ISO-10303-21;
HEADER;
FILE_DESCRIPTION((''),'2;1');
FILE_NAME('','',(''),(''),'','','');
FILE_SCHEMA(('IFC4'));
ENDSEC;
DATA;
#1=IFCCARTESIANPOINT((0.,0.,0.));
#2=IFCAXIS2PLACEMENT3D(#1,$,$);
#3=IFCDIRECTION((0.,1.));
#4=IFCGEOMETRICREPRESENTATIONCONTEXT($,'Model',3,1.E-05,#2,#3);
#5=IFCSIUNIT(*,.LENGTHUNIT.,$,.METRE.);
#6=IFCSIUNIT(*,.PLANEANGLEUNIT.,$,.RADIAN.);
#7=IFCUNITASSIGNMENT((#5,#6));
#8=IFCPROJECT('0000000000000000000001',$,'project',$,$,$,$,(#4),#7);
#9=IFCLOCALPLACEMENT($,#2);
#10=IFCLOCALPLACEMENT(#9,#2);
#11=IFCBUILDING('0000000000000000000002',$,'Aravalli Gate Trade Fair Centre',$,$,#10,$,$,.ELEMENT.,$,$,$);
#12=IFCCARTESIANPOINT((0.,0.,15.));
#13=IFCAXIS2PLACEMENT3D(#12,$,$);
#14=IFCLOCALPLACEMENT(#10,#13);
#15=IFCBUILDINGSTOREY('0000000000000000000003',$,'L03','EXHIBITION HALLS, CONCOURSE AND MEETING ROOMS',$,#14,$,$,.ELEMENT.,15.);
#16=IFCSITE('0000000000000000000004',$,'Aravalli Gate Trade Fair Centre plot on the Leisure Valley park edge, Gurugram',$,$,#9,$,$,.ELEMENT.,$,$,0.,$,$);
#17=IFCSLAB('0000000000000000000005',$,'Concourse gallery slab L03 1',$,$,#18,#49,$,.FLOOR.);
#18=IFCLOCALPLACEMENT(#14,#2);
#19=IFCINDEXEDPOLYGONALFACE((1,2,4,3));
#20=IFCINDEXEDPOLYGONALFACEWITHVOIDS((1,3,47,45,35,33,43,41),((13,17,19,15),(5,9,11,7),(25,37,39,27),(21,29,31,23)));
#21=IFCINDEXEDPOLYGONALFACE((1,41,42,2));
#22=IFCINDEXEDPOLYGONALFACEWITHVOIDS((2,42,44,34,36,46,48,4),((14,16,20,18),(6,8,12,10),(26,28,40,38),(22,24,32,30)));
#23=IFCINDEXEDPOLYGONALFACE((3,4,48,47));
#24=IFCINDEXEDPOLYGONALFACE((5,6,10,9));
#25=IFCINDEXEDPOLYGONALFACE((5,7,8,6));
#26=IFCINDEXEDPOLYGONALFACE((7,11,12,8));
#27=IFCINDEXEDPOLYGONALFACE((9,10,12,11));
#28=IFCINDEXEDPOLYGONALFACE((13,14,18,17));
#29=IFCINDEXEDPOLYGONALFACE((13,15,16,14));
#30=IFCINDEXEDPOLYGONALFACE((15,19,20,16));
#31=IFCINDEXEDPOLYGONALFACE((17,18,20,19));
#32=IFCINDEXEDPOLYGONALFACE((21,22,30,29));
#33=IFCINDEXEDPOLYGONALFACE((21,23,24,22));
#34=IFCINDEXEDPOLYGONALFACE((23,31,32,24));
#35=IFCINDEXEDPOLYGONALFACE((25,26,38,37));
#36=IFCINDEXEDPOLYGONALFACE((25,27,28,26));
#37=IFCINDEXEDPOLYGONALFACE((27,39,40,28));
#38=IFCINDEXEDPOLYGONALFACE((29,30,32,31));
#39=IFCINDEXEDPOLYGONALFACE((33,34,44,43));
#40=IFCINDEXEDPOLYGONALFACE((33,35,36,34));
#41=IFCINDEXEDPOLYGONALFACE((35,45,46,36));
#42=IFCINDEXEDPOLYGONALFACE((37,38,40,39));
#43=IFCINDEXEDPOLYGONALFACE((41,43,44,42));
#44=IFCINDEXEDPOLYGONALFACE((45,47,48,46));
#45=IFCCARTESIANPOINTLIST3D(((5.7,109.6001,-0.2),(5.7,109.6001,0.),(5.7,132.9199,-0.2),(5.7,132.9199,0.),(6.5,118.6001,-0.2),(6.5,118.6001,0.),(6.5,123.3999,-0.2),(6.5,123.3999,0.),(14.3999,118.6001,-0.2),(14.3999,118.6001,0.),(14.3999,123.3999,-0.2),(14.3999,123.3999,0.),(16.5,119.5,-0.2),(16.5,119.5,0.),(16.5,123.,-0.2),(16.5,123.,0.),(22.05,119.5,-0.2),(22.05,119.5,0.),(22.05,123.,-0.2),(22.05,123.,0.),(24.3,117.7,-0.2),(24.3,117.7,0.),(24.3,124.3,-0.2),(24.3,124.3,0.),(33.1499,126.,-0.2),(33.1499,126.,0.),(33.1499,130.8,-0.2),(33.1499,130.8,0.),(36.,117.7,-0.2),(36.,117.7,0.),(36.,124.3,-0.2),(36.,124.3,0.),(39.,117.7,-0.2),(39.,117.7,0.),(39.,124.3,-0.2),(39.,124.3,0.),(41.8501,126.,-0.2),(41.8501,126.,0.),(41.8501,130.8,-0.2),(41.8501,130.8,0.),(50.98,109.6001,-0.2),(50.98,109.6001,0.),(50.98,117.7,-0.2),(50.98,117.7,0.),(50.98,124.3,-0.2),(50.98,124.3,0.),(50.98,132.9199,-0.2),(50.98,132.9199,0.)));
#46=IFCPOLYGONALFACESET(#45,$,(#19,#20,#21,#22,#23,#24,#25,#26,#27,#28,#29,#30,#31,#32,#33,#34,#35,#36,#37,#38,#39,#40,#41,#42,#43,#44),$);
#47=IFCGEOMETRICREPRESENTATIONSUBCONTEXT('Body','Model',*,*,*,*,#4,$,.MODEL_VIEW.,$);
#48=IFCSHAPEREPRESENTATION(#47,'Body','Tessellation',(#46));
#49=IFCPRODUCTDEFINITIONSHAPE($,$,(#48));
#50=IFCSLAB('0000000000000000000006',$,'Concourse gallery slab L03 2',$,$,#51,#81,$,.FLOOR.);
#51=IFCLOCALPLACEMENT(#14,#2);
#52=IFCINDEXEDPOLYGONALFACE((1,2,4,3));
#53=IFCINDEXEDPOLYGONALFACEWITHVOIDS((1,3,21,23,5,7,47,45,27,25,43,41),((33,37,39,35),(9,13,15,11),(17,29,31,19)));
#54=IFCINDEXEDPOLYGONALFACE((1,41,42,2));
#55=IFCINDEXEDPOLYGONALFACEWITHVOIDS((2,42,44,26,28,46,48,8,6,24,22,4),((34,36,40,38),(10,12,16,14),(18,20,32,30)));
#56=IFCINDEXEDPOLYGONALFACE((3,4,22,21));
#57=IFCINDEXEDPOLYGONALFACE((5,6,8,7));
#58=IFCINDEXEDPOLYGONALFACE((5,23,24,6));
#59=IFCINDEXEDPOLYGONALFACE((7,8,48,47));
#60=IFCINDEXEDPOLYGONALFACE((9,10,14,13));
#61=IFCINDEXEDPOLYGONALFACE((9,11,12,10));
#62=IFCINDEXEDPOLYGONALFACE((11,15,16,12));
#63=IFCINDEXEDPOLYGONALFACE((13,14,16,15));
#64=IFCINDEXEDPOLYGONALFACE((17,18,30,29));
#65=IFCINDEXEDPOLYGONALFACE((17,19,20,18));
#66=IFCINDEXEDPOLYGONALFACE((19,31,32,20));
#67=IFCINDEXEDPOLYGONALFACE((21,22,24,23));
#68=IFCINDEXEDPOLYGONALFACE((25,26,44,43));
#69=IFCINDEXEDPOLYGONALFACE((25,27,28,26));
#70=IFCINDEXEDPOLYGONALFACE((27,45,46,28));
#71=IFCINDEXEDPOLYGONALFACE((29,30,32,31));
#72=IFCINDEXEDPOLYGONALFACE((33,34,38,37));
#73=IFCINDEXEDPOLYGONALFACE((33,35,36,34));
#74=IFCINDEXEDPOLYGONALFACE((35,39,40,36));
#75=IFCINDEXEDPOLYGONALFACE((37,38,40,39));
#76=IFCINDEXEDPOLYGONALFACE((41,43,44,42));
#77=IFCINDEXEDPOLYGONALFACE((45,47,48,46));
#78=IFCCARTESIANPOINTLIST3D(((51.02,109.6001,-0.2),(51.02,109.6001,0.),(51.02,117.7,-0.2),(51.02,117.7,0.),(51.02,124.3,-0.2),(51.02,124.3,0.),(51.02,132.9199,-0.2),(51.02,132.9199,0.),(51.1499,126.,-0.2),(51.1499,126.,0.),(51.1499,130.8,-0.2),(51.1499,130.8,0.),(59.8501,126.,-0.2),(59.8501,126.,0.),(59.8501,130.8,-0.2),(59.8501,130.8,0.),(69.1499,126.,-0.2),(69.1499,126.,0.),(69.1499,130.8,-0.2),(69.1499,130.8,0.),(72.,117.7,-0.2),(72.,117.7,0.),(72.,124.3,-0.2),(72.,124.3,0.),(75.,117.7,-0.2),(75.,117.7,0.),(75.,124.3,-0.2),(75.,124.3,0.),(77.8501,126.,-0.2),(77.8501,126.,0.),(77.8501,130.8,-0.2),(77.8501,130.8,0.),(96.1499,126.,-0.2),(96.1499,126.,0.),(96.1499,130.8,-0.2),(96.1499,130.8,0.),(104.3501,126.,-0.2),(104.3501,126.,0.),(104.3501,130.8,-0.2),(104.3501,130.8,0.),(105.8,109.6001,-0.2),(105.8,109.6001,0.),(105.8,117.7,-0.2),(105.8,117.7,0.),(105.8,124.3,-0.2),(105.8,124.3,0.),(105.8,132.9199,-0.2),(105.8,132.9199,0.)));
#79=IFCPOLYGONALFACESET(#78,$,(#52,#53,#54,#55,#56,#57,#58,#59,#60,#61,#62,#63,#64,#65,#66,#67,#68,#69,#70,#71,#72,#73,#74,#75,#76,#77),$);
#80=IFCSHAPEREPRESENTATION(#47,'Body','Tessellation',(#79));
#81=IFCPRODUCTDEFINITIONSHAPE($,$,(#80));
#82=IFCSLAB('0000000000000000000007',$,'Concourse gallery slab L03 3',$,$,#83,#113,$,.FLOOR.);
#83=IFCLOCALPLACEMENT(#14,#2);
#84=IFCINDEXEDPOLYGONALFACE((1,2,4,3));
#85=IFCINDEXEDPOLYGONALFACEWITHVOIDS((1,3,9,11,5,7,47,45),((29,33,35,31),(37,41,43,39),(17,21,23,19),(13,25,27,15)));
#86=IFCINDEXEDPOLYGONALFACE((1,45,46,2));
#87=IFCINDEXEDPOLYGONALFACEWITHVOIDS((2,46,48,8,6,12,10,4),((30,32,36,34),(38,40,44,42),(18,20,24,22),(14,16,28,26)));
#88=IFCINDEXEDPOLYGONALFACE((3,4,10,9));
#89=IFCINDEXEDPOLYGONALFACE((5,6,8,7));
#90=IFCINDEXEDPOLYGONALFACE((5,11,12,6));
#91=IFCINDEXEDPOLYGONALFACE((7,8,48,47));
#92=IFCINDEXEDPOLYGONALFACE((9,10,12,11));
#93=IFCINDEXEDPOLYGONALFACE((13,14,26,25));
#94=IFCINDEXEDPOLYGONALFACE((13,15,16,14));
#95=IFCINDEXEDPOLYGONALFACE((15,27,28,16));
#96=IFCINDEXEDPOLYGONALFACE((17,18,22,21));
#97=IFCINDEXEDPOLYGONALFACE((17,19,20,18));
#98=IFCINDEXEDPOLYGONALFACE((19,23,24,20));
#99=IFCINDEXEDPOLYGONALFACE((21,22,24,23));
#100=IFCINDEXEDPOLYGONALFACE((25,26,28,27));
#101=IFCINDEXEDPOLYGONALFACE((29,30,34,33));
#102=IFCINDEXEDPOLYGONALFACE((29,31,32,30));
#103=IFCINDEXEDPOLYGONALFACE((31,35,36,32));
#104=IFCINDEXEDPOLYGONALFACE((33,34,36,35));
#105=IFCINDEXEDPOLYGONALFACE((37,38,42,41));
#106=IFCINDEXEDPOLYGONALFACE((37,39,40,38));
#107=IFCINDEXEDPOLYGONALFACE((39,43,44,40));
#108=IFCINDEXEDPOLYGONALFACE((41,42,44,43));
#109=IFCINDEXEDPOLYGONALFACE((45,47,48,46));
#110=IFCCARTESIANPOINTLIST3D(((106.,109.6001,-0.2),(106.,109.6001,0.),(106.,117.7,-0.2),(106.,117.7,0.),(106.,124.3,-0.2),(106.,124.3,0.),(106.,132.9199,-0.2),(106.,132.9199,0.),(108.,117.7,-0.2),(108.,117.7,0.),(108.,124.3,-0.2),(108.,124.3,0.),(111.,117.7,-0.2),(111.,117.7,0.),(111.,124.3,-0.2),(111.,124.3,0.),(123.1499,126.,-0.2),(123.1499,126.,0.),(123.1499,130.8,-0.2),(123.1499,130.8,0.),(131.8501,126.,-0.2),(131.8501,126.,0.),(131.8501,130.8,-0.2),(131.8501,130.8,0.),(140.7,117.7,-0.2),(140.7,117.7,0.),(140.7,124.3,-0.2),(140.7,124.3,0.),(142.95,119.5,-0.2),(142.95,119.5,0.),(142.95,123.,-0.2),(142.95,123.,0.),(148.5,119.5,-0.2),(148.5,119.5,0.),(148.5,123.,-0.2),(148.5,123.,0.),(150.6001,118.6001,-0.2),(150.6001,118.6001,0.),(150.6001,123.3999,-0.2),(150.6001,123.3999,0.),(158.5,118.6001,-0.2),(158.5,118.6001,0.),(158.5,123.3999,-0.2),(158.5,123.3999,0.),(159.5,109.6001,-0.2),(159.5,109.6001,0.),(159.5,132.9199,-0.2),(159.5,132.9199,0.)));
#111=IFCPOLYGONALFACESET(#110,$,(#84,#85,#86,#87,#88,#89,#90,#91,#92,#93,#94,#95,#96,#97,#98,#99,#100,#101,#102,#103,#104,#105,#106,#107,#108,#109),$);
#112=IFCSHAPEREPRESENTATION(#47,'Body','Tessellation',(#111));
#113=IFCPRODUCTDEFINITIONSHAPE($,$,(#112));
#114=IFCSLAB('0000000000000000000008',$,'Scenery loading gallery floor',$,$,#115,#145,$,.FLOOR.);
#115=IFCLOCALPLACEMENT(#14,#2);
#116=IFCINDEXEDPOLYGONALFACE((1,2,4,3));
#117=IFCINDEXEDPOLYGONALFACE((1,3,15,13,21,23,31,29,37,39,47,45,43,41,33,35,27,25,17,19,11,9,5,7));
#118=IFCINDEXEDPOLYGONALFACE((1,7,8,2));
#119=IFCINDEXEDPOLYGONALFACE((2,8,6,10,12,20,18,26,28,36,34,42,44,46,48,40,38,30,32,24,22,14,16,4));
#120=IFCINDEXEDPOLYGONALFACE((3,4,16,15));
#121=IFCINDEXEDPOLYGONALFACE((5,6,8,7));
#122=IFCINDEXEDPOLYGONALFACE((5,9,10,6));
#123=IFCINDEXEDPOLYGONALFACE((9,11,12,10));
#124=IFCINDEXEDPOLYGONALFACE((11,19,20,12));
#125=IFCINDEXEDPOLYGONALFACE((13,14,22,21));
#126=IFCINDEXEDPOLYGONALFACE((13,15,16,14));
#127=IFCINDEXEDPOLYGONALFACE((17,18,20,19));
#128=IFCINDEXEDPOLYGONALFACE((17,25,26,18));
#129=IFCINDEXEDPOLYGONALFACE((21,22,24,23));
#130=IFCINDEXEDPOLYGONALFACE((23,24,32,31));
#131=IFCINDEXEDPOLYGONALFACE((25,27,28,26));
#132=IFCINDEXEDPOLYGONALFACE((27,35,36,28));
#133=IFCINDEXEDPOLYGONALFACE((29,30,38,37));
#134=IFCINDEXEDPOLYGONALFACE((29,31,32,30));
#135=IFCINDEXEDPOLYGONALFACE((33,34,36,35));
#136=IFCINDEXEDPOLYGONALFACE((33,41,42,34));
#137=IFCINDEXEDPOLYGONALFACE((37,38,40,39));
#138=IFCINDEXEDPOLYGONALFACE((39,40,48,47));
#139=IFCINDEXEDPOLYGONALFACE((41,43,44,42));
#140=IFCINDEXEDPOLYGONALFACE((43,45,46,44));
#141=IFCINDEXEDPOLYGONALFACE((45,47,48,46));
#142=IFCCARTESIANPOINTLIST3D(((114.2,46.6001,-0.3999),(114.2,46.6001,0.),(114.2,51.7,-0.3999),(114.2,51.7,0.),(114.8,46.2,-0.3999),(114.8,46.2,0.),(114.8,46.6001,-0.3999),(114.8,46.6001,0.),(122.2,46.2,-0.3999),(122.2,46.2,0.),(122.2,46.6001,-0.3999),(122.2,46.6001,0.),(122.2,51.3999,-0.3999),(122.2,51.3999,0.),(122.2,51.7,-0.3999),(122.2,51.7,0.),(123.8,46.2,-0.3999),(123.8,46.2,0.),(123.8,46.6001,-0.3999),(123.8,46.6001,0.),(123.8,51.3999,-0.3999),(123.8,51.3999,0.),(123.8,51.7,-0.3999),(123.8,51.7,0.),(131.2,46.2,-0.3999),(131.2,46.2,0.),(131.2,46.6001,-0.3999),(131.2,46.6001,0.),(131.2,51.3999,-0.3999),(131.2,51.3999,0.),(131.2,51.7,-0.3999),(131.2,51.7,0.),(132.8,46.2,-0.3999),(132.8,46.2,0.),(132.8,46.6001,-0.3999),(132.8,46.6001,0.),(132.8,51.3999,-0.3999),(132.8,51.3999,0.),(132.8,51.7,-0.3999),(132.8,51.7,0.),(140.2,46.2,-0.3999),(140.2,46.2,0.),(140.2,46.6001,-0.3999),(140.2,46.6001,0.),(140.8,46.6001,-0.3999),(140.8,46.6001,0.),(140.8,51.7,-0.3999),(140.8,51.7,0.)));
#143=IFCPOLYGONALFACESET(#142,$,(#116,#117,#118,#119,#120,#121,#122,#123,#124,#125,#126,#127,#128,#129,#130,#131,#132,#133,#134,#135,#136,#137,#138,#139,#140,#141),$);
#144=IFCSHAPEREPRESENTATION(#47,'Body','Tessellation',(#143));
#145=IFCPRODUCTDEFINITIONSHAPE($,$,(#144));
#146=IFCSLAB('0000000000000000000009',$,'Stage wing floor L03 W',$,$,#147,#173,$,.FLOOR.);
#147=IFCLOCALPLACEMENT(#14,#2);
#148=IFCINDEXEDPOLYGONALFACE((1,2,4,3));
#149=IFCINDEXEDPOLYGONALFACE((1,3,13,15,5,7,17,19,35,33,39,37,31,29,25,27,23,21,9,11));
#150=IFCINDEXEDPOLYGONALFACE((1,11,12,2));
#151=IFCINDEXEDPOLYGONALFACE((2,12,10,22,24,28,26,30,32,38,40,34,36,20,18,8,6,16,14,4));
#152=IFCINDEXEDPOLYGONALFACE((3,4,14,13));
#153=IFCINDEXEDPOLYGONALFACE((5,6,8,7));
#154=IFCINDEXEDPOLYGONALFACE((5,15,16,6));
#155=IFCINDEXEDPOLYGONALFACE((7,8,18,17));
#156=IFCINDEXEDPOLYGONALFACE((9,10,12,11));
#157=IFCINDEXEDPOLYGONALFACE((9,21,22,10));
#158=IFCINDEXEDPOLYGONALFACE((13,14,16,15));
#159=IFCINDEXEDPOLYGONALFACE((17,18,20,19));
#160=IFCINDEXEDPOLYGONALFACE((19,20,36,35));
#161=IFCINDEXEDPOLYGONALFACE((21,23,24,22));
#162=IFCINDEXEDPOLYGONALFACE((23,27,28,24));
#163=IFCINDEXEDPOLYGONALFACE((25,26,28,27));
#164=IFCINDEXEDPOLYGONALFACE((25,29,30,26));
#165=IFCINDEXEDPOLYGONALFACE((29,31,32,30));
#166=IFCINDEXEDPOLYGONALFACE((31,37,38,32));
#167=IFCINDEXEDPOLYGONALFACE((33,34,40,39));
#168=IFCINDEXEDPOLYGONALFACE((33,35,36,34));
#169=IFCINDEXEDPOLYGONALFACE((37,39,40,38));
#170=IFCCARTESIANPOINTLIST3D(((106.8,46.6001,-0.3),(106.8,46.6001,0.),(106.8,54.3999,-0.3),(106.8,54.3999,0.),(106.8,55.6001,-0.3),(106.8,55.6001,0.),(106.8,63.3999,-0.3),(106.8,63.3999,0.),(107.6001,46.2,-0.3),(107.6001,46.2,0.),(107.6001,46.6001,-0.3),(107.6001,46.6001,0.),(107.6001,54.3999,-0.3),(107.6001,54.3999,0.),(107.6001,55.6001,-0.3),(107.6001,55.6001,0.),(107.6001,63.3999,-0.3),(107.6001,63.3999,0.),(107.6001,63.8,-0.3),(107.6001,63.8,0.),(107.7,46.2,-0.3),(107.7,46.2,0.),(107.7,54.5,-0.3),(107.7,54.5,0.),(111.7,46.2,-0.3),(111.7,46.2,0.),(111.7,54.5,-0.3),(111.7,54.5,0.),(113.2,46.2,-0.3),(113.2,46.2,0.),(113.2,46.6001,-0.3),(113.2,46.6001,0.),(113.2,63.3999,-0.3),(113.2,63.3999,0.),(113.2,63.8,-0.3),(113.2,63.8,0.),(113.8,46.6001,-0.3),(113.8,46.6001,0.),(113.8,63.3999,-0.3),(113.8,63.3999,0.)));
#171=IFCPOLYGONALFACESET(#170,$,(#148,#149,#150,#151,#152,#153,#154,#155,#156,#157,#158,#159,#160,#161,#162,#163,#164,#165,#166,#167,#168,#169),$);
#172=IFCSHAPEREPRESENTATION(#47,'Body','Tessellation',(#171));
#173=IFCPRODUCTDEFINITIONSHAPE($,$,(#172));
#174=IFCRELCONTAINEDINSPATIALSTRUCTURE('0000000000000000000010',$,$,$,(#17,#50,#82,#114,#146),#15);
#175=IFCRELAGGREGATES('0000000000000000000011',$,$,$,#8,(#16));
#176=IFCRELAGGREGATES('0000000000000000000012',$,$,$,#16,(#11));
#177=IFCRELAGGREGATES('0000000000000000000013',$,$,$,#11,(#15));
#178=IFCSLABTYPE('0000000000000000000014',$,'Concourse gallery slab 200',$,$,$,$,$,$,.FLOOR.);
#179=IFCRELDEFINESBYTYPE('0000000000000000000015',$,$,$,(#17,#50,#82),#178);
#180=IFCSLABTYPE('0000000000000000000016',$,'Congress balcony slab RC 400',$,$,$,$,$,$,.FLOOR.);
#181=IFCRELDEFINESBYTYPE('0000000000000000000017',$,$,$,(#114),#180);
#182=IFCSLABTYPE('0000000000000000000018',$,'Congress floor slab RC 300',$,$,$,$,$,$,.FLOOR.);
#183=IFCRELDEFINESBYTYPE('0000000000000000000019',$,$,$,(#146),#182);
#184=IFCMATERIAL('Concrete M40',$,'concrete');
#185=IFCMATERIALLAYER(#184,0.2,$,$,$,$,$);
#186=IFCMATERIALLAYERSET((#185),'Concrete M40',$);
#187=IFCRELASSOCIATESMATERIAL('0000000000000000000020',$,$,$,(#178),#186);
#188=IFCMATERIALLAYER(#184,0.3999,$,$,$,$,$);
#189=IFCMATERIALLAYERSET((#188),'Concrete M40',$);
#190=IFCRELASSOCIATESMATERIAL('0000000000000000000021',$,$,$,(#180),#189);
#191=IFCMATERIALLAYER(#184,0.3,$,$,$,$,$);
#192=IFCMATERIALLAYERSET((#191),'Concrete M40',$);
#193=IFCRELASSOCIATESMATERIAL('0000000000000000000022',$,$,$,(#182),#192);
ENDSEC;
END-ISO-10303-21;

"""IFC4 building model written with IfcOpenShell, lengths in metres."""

from ifc_helpers import new_model, si_unit, direction, frame, origin, place, context, subcontext, project, spatial, polyline, outline, extrude, material, layer, layer_set, type_object, element, save


model = new_model("IFC4")

# Units and contexts
model_context = context("Model", 3, precision=1e-05, world=origin(), true_north=direction((0.0, 1.0)))
body_context = subcontext(model_context, "Body", "Model", "MODEL_VIEW")
ifc_project = project(units=[si_unit("LENGTHUNIT", "METRE"), si_unit("PLANEANGLEUNIT", "RADIAN")], contexts=[model_context])

# Site, building, storey
site_placement = place(None, origin())
site = spatial("IfcSite", under=ifc_project, at=site_placement, Name="Aravalli Gate Trade Fair Centre plot on the Leisure Valley park edge, Gurugram", CompositionType="ELEMENT", RefElevation=0.0)
building_placement = place(site_placement, origin())
building = spatial("IfcBuilding", under=site, at=building_placement, Name="Aravalli Gate Trade Fair Centre", CompositionType="ELEMENT")
storey_placement = place(building_placement, frame((0.0, 0.0, 15.0)))
storey = spatial("IfcBuildingStorey", under=building, at=storey_placement, Name="L03", Description="EXHIBITION HALLS, CONCOURSE AND MEETING ROOMS", CompositionType="ELEMENT", Elevation=15.0)

# Slabs
ifc_material_1 = material(Name="Concrete M40", Category="concrete")
ifc_layer_1 = layer(ifc_material_1, 0.2)
ifc_layer_set_1 = layer_set([ifc_layer_1], Name="Concrete M40")
slab_type_1 = type_object("IfcSlabType", Name="Concourse gallery slab 200", PredefinedType="FLOOR", material=ifc_layer_set_1)
slab_1_placement = place(storey_placement, frame((0.0, 0.0, -0.2)))
element("IfcSlab", 1, at=slab_1_placement, inside=storey, type_object=slab_type_1, Name="Concourse gallery slab L03 1", PredefinedType="FLOOR", context=body_context, shape_type="SweptSolid", body=[
    extrude(outline(polyline([(50.98, 132.9199), (5.7, 132.9199), (5.7, 109.6001), (50.98, 109.6001), (50.98, 117.7), (39.0, 117.7), (39.0, 124.3), (50.98, 124.3), (50.98, 132.9199)]), holes=[polyline([(24.3, 124.3), (36.0, 124.3), (36.0, 117.7), (24.3, 117.7), (24.3, 124.3)]), polyline([(6.5, 118.6001), (6.5, 123.3999), (14.3999, 123.3999), (14.3999, 118.6001), (6.5, 118.6001)]), polyline([(16.5, 119.5), (16.5, 123.0), (22.05, 123.0), (22.05, 119.5), (16.5, 119.5)]), polyline([(33.1499, 126.0), (33.1499, 130.8), (41.8501, 130.8), (41.8501, 126.0), (33.1499, 126.0)])]), origin(), (0.0, 0.0, 1.0), 0.2),
])
slab_2_placement = place(storey_placement, frame((0.0, 0.0, -0.2)))
element("IfcSlab", 2, at=slab_2_placement, inside=storey, type_object=slab_type_1, Name="Concourse gallery slab L03 2", PredefinedType="FLOOR", context=body_context, shape_type="SweptSolid", body=[
    extrude(outline(polyline([(105.8, 132.9199), (51.02, 132.9199), (51.02, 124.3), (72.0, 124.3), (72.0, 117.7), (51.02, 117.7), (51.02, 109.6001), (105.8, 109.6001), (105.8, 117.7), (75.0, 117.7), (75.0, 124.3), (105.8, 124.3), (105.8, 132.9199)]), holes=[polyline([(51.1499, 126.0), (51.1499, 130.8), (59.8501, 130.8), (59.8501, 126.0), (51.1499, 126.0)]), polyline([(69.1499, 126.0), (69.1499, 130.8), (77.8501, 130.8), (77.8501, 126.0), (69.1499, 126.0)]), polyline([(96.1499, 130.8), (104.3501, 130.8), (104.3501, 126.0), (96.1499, 126.0), (96.1499, 130.8)])]), origin(), (0.0, 0.0, 1.0), 0.2),
])
slab_3_placement = place(storey_placement, frame((0.0, 0.0, -0.2)))
element("IfcSlab", 3, at=slab_3_placement, inside=storey, type_object=slab_type_1, Name="Concourse gallery slab L03 3", PredefinedType="FLOOR", context=body_context, shape_type="SweptSolid", body=[
    extrude(outline(polyline([(159.5, 132.9199), (106.0, 132.9199), (106.0, 124.3), (108.0, 124.3), (108.0, 117.7), (106.0, 117.7), (106.0, 109.6001), (159.5, 109.6001), (159.5, 132.9199)]), holes=[polyline([(140.7, 117.7), (111.0, 117.7), (111.0, 124.3), (140.7, 124.3), (140.7, 117.7)]), polyline([(150.6001, 118.6001), (150.6001, 123.3999), (158.5, 123.3999), (158.5, 118.6001), (150.6001, 118.6001)]), polyline([(142.95, 119.5), (142.95, 123.0), (148.5, 123.0), (148.5, 119.5), (142.95, 119.5)]), polyline([(123.1499, 130.8), (131.8501, 130.8), (131.8501, 126.0), (123.1499, 126.0), (123.1499, 130.8)])]), origin(), (0.0, 0.0, 1.0), 0.2),
])
ifc_layer_2 = layer(ifc_material_1, 0.3999)
ifc_layer_set_2 = layer_set([ifc_layer_2], Name="Concrete M40")
slab_type_2 = type_object("IfcSlabType", Name="Congress balcony slab RC 400", PredefinedType="FLOOR", material=ifc_layer_set_2)
slab_4_placement = place(storey_placement, frame((0.0, 0.0, -0.3999)))
element("IfcSlab", 4, at=slab_4_placement, inside=storey, type_object=slab_type_2, Name="Scenery loading gallery floor", PredefinedType="FLOOR", context=body_context, shape_type="SweptSolid", body=[
    extrude(outline(polyline([(140.8, 51.7), (140.8, 46.6001), (140.2, 46.6001), (140.2, 46.2), (132.8, 46.2), (132.8, 46.6001), (131.2, 46.6001), (131.2, 46.2), (123.8, 46.2), (123.8, 46.6001), (122.2, 46.6001), (122.2, 46.2), (114.8, 46.2), (114.8, 46.6001), (114.2, 46.6001), (114.2, 51.7), (122.2, 51.7), (122.2, 51.3999), (123.8, 51.3999), (123.8, 51.7), (131.2, 51.7), (131.2, 51.3999), (132.8, 51.3999), (132.8, 51.7), (140.8, 51.7)])), origin(), (0.0, 0.0, 1.0), 0.3999),
])
ifc_layer_3 = layer(ifc_material_1, 0.3)
ifc_layer_set_3 = layer_set([ifc_layer_3], Name="Concrete M40")
slab_type_3 = type_object("IfcSlabType", Name="Congress floor slab RC 300", PredefinedType="FLOOR", material=ifc_layer_set_3)
slab_5_placement = place(storey_placement, frame((0.0, 0.0, -0.3)))
element("IfcSlab", 5, at=slab_5_placement, inside=storey, type_object=slab_type_3, Name="Stage wing floor L03 W", PredefinedType="FLOOR", context=body_context, shape_type="SweptSolid", body=[
    extrude(outline(polyline([(113.2, 46.6001), (113.2, 46.2), (111.7, 46.2), (111.7, 54.5), (107.7, 54.5), (107.7, 46.2), (107.6001, 46.2), (107.6001, 46.6001), (106.8, 46.6001), (106.8, 54.3999), (107.6001, 54.3999), (107.6001, 55.6001), (106.8, 55.6001), (106.8, 63.3999), (107.6001, 63.3999), (107.6001, 63.8), (113.2, 63.8), (113.2, 63.3999), (113.8, 63.3999), (113.8, 46.6001), (113.2, 46.6001)])), origin(), (0.0, 0.0, 1.0), 0.3),
])

save(model, "model.ifc")
